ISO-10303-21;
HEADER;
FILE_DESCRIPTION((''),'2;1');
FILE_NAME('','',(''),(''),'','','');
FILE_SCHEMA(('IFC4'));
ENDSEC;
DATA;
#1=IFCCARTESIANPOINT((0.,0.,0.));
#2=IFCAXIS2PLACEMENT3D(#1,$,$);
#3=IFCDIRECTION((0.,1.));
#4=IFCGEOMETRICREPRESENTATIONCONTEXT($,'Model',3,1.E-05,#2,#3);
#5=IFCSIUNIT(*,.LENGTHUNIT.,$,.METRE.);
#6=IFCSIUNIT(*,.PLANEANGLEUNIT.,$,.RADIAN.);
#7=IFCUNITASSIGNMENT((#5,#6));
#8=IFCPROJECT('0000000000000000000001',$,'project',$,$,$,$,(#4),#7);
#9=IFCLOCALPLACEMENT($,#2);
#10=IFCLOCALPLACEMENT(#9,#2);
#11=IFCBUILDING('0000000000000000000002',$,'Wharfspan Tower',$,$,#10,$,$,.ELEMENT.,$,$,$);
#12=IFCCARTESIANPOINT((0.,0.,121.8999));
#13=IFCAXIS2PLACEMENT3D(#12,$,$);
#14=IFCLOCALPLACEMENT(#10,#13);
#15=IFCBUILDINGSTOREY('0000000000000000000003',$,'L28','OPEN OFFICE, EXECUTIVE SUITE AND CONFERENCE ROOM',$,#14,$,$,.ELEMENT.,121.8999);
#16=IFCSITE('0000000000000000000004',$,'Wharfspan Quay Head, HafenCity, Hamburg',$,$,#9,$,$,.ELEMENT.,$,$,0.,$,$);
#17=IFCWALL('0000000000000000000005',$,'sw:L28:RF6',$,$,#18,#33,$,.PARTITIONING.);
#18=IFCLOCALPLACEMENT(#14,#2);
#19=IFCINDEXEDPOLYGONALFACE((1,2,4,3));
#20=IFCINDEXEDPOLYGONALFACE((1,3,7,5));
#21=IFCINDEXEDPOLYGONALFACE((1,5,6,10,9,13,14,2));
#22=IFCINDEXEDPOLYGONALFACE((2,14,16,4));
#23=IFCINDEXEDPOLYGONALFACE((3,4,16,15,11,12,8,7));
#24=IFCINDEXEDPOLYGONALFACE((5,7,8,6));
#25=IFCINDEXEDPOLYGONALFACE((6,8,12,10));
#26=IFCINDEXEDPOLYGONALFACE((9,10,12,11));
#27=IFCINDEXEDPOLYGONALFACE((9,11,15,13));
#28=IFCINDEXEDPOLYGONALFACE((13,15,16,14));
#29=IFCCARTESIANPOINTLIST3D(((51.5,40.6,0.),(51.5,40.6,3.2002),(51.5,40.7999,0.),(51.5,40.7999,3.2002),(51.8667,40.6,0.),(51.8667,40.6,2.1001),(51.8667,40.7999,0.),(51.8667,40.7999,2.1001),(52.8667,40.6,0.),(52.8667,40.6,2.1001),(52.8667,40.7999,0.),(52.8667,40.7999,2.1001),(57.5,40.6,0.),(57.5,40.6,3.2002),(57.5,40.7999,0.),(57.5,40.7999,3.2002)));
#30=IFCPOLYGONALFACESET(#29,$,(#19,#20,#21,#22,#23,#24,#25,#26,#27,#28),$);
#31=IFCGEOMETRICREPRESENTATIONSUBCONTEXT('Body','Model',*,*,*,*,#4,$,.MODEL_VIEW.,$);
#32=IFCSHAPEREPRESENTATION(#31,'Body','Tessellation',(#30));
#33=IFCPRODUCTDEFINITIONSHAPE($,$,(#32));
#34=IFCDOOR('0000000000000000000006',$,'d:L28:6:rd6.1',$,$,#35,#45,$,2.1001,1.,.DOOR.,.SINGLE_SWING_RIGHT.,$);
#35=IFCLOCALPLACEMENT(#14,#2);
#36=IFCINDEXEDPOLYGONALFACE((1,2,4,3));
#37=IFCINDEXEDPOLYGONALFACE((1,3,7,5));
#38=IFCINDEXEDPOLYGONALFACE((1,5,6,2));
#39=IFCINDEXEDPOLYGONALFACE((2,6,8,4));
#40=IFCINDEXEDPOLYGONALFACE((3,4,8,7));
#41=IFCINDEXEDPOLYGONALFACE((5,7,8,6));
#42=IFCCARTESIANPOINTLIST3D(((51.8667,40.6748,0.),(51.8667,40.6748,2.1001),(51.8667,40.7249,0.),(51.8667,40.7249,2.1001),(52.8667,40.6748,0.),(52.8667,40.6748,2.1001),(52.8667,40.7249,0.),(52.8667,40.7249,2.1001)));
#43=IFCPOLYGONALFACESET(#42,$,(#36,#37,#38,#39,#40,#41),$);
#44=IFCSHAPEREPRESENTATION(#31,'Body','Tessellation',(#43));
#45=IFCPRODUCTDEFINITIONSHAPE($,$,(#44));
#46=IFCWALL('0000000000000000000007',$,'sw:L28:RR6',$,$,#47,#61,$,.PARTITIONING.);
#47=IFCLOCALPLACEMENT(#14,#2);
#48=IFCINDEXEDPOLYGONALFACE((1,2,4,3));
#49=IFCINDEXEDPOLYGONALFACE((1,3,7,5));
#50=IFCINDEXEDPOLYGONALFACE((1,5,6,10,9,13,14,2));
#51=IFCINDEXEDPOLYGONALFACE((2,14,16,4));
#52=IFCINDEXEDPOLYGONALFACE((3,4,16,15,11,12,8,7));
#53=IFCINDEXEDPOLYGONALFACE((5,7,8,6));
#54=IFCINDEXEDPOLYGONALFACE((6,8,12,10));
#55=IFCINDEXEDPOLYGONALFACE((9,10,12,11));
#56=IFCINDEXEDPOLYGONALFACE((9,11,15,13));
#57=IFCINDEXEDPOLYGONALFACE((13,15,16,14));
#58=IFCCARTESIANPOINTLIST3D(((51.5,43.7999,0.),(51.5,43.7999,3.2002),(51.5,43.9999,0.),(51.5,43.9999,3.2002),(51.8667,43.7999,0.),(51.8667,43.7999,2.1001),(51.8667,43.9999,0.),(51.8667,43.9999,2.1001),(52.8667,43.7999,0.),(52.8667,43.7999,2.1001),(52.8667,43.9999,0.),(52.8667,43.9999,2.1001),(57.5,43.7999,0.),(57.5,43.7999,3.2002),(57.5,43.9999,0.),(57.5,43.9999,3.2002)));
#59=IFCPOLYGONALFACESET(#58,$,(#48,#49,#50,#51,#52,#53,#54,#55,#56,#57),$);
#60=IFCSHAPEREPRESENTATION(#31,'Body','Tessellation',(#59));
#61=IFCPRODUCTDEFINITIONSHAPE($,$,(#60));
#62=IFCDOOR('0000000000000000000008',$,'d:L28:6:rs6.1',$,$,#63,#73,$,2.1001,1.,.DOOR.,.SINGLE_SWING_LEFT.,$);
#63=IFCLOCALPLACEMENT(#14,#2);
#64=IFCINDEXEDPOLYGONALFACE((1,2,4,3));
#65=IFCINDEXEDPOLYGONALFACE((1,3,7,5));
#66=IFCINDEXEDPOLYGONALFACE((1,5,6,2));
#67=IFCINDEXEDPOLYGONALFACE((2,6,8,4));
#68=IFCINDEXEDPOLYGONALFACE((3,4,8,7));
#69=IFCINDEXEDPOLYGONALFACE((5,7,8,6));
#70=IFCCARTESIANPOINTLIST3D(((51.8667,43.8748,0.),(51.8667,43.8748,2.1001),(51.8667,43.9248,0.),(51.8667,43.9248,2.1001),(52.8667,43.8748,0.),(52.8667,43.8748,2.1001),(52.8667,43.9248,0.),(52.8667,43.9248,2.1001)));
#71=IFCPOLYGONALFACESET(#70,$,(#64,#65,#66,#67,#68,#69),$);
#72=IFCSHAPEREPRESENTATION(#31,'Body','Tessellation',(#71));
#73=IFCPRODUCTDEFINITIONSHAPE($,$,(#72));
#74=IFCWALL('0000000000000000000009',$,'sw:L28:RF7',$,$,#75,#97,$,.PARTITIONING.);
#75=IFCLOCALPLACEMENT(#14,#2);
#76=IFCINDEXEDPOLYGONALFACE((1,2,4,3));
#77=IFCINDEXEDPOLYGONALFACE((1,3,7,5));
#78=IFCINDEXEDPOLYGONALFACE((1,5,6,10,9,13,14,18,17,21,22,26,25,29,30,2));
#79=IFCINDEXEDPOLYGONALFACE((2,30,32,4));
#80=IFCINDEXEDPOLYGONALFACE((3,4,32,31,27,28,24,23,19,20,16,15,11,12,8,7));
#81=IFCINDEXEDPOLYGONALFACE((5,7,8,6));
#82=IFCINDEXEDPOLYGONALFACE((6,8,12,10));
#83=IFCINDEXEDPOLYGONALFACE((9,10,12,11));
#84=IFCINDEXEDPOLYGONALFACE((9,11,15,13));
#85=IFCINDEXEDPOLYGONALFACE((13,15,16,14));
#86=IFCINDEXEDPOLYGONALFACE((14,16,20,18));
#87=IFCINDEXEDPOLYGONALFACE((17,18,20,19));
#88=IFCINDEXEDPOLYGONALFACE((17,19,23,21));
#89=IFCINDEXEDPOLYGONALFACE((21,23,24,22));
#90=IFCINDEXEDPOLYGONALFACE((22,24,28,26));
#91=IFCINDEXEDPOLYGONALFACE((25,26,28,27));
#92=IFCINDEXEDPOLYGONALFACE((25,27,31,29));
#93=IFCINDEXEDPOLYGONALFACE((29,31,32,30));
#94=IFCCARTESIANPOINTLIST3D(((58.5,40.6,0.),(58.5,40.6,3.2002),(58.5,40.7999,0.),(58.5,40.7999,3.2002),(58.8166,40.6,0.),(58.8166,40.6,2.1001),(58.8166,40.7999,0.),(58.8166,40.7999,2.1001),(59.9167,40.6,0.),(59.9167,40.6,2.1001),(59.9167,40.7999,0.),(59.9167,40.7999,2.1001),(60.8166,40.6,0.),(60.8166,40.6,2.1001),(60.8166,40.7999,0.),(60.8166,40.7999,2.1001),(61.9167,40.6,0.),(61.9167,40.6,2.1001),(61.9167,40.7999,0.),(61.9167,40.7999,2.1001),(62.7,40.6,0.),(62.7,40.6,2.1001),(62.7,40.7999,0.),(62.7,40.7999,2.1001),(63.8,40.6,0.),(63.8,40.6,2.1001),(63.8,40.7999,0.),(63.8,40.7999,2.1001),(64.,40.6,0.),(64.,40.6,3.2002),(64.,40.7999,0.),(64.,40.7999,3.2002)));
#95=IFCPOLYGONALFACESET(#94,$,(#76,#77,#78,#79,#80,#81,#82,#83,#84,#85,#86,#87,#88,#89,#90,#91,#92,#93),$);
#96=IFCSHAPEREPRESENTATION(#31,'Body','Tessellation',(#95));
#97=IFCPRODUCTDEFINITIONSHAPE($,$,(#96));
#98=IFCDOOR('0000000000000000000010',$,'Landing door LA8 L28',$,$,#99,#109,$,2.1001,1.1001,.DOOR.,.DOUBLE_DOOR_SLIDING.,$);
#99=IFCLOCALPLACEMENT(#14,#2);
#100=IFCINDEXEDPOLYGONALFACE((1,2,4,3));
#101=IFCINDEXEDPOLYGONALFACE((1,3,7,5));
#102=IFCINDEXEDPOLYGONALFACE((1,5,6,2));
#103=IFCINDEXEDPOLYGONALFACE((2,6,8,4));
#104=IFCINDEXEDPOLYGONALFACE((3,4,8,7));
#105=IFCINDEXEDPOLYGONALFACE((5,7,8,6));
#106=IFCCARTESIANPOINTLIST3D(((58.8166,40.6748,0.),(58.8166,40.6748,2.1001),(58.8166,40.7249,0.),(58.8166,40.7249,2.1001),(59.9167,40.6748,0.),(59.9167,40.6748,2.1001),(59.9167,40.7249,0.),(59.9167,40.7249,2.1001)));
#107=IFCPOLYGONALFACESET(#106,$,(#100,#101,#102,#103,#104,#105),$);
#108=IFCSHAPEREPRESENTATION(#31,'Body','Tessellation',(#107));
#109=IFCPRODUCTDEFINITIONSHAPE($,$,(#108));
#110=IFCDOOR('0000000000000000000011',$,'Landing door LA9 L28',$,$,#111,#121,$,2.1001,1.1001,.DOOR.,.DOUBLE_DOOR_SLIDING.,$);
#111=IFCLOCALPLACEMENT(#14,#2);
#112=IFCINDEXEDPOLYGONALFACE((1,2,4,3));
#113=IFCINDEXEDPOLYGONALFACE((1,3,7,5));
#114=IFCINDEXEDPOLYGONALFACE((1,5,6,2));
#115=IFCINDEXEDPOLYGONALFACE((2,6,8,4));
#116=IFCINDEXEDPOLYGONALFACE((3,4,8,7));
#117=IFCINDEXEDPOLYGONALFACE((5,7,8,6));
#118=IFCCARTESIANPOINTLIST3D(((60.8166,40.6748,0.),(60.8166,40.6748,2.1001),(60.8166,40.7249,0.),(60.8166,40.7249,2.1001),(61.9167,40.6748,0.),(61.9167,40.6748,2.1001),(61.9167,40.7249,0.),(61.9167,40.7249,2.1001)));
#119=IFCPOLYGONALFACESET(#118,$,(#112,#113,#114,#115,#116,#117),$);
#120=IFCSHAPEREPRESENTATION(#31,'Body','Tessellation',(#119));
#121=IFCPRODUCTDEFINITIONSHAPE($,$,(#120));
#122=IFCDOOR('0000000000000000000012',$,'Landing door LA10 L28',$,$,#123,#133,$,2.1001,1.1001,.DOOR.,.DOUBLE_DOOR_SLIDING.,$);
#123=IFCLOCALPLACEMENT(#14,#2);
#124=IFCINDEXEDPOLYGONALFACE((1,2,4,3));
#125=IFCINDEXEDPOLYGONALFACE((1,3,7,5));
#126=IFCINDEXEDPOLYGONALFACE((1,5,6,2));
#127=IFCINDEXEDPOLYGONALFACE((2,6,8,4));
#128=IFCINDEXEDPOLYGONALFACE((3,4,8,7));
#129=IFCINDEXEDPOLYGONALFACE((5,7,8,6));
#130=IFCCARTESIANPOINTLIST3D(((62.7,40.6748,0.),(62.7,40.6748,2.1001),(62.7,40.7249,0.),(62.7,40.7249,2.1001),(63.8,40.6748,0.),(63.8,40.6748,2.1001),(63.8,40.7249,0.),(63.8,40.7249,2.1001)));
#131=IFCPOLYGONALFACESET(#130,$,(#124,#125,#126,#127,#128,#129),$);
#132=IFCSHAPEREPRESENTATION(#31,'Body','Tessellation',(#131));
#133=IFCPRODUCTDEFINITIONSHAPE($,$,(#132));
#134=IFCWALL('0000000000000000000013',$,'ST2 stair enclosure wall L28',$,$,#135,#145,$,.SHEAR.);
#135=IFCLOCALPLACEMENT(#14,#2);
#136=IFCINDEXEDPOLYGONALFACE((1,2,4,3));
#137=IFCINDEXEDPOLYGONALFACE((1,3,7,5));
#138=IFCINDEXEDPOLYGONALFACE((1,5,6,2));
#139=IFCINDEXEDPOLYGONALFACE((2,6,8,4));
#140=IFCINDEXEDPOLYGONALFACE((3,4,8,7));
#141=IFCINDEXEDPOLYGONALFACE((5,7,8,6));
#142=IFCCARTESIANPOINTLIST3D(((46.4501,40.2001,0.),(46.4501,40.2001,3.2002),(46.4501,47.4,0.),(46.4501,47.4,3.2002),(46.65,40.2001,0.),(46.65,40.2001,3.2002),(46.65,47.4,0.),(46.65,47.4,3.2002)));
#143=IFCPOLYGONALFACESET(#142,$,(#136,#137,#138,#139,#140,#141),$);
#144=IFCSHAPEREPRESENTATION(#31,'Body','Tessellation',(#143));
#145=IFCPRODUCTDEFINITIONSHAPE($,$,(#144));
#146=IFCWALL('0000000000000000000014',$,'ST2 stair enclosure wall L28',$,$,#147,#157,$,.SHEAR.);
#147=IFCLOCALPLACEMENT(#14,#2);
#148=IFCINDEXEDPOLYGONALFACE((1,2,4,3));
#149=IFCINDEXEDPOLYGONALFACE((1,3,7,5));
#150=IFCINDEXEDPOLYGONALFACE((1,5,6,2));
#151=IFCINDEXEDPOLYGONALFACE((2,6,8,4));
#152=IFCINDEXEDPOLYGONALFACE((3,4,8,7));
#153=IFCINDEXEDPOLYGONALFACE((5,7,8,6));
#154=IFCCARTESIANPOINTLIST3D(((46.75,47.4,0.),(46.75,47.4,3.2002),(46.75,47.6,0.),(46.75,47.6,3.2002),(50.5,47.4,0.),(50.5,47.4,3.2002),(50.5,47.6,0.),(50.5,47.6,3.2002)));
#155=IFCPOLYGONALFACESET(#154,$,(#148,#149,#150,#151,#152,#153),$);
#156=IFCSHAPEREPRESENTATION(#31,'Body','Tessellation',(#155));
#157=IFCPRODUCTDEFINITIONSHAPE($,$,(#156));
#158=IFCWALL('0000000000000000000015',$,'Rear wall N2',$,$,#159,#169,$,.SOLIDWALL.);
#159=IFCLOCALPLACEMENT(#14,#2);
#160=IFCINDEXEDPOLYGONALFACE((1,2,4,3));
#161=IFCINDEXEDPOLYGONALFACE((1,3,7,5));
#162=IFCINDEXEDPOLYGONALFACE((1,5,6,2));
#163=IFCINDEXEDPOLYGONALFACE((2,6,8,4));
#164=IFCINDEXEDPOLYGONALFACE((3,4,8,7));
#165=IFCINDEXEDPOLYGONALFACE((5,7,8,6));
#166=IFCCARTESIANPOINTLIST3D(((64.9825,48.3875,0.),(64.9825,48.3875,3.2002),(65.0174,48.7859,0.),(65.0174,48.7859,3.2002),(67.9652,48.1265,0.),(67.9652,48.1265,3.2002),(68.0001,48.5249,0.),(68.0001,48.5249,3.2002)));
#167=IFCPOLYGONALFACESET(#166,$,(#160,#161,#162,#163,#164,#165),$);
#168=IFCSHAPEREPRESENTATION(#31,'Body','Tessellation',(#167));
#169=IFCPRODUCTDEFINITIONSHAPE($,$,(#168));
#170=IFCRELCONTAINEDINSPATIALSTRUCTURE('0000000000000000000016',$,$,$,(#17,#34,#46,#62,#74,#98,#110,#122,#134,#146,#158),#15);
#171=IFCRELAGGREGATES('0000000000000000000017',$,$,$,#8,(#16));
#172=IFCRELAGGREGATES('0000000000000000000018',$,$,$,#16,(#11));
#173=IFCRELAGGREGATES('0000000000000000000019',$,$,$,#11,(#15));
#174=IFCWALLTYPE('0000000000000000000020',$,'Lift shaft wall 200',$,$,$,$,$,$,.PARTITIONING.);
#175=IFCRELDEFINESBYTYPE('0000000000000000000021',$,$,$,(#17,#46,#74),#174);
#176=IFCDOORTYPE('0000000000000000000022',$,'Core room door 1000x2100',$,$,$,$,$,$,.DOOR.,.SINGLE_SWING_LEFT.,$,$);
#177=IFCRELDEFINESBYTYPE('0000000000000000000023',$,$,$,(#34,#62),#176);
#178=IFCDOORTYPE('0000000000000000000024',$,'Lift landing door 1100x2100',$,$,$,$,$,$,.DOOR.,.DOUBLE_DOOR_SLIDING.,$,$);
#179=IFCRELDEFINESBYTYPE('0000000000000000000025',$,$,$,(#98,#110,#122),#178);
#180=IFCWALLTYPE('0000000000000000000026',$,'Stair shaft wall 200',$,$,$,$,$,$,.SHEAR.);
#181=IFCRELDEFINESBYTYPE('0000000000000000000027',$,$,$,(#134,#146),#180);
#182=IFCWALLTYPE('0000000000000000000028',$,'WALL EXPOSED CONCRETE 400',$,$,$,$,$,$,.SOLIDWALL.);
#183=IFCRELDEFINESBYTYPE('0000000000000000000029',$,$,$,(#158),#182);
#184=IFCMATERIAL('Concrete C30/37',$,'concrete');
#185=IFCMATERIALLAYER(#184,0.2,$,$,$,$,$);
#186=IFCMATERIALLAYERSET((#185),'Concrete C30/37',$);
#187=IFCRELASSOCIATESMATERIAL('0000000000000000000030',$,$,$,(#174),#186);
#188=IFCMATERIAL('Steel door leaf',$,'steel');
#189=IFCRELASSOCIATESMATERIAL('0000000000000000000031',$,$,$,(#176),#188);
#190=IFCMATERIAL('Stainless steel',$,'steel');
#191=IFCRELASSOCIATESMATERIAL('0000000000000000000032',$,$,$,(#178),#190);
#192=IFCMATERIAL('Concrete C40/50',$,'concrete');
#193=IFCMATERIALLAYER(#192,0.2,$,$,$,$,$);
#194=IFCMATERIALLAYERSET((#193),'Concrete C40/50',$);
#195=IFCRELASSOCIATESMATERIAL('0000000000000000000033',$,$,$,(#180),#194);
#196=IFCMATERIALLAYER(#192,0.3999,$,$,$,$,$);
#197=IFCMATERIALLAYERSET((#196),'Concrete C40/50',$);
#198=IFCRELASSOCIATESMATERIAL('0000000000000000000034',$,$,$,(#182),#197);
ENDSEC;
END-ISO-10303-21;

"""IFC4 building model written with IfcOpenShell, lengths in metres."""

from ifc_helpers import new_model, si_unit, direction, frame, frame_2d, origin, place, context, subcontext, project, spatial, rectangle, extrude, material, layer, layer_set, type_object, element, fill, save


model = new_model("IFC4")

# Units and contexts
model_context = context("Model", 3, precision=1e-05, world=origin(), true_north=direction((0.0, 1.0)))
body_context = subcontext(model_context, "Body", "Model", "MODEL_VIEW")
ifc_project = project(units=[si_unit("LENGTHUNIT", "METRE"), si_unit("PLANEANGLEUNIT", "RADIAN")], contexts=[model_context])

# Site, building, storey
site_placement = place(None, origin())
site = spatial("IfcSite", under=ifc_project, at=site_placement, Name="Wharfspan Quay Head, HafenCity, Hamburg", CompositionType="ELEMENT", RefElevation=0.0)
building_placement = place(site_placement, origin())
building = spatial("IfcBuilding", under=site, at=building_placement, Name="Wharfspan Tower", CompositionType="ELEMENT")
storey_placement = place(building_placement, frame((0.0, 0.0, 121.8999)))
storey = spatial("IfcBuildingStorey", under=building, at=storey_placement, Name="L28", Description="OPEN OFFICE, EXECUTIVE SUITE AND CONFERENCE ROOM", CompositionType="ELEMENT", Elevation=121.8999)

# Walls, openings, doors
ifc_material_1 = material(Name="Concrete C30/37", Category="concrete")
ifc_layer_1 = layer(ifc_material_1, 0.2)
ifc_layer_set_1 = layer_set([ifc_layer_1], Name="Concrete C30/37")
wall_type_1 = type_object("IfcWallType", Name="Lift shaft wall 200", PredefinedType="PARTITIONING", material=ifc_layer_set_1)
wall_1_placement = place(storey_placement, frame((51.5, 40.7, 0.0), z_axis=(0.0, 0.0, 1.0), x_axis=(1.0, 0.0, 0.0)))
wall_1 = element("IfcWall", 1, at=wall_1_placement, inside=storey, type_object=wall_type_1, Name="sw:L28:RF6", PredefinedType="PARTITIONING", context=body_context, shape_type="SweptSolid", body=[
    extrude(rectangle(XDim=6.0, YDim=0.2, at=frame_2d((3.0, 0.0))), origin(), (0.0, 0.0, 1.0), 3.2002),
])
opening_1_placement = place(wall_1_placement, frame((0.3667, 0.0, 0.0)))
opening_1 = element("IfcOpeningElement", 2, at=opening_1_placement, cuts=wall_1, PredefinedType="OPENING", context=body_context, shape_type="SweptSolid", body=[
    extrude(rectangle(XDim=1.0, YDim=2.1001, at=frame_2d((0.5, 1.05))), frame((0.0, 0.1099, 0.0), z_axis=(0.0, -1.0, 0.0), x_axis=(1.0, 0.0, 0.0)), (0.0, 0.0, 1.0), 0.22),
])
ifc_material_2 = material(Name="Steel door leaf", Category="steel")
door_type_1 = type_object("IfcDoorType", Name="Core room door 1000x2100", OperationType="SINGLE_SWING_LEFT", PredefinedType="DOOR", material=ifc_material_2)
door_1_placement = place(opening_1_placement, origin())
door_1 = element("IfcDoor", 3, at=door_1_placement, inside=storey, type_object=door_type_1, Name="d:L28:6:rd6.1", OperationType="SINGLE_SWING_RIGHT", OverallHeight=2.1001, OverallWidth=1.0, PredefinedType="DOOR", context=body_context, shape_type="SweptSolid", body=[
    extrude(rectangle(XDim=1.0, YDim=2.1001, at=frame_2d((0.5, 1.05))), frame((0.0, 0.0249, 0.0), z_axis=(0.0, -1.0, 0.0), x_axis=(1.0, 0.0, 0.0)), (0.0, 0.0, 1.0), 0.05),
])
fill(opening_1, door_1)
wall_2_placement = place(storey_placement, frame((51.5, 43.8999, 0.0), z_axis=(0.0, 0.0, 1.0), x_axis=(1.0, 0.0, 0.0)))
wall_2 = element("IfcWall", 4, at=wall_2_placement, inside=storey, type_object=wall_type_1, Name="sw:L28:RR6", PredefinedType="PARTITIONING", context=body_context, shape_type="SweptSolid", body=[
    extrude(rectangle(XDim=6.0, YDim=0.2, at=frame_2d((3.0, 0.0))), origin(), (0.0, 0.0, 1.0), 3.2002),
])
opening_2_placement = place(wall_2_placement, frame((0.3667, 0.0, 0.0)))
opening_2 = element("IfcOpeningElement", 5, at=opening_2_placement, cuts=wall_2, PredefinedType="OPENING", context=body_context, shape_type="SweptSolid", body=[
    extrude(rectangle(XDim=1.0, YDim=2.1001, at=frame_2d((0.5, 1.05))), frame((0.0, 0.1099, 0.0), z_axis=(0.0, -1.0, 0.0), x_axis=(1.0, 0.0, 0.0)), (0.0, 0.0, 1.0), 0.22),
])
door_2_placement = place(opening_2_placement, origin())
door_2 = element("IfcDoor", 6, at=door_2_placement, inside=storey, type_object=door_type_1, Name="d:L28:6:rs6.1", OperationType="SINGLE_SWING_LEFT", OverallHeight=2.1001, OverallWidth=1.0, PredefinedType="DOOR", context=body_context, shape_type="SweptSolid", body=[
    extrude(rectangle(XDim=1.0, YDim=2.1001, at=frame_2d((0.5, 1.05))), frame((0.0, 0.0249, 0.0), z_axis=(0.0, -1.0, 0.0), x_axis=(1.0, 0.0, 0.0)), (0.0, 0.0, 1.0), 0.05),
])
fill(opening_2, door_2)

# Wall, openings, doors
wall_3_placement = place(storey_placement, frame((58.5, 40.7, 0.0), z_axis=(0.0, 0.0, 1.0), x_axis=(1.0, 0.0, 0.0)))
wall_3 = element("IfcWall", 7, at=wall_3_placement, inside=storey, type_object=wall_type_1, Name="sw:L28:RF7", PredefinedType="PARTITIONING", context=body_context, shape_type="SweptSolid", body=[
    extrude(rectangle(XDim=5.5, YDim=0.2, at=frame_2d((2.75, 0.0))), origin(), (0.0, 0.0, 1.0), 3.2002),
])
opening_3_placement = place(wall_3_placement, frame((0.3166, 0.0, 0.0)))
opening_3 = element("IfcOpeningElement", 8, at=opening_3_placement, cuts=wall_3, PredefinedType="OPENING", context=body_context, shape_type="SweptSolid", body=[
    extrude(rectangle(XDim=1.1001, YDim=2.1001, at=frame_2d((0.55, 1.05))), frame((0.0, 0.1099, 0.0), z_axis=(0.0, -1.0, 0.0), x_axis=(1.0, 0.0, 0.0)), (0.0, 0.0, 1.0), 0.22),
])
opening_4_placement = place(wall_3_placement, frame((2.3167, 0.0, 0.0)))
opening_4 = element("IfcOpeningElement", 9, at=opening_4_placement, cuts=wall_3, PredefinedType="OPENING", context=body_context, shape_type="SweptSolid", body=[
    extrude(rectangle(XDim=1.1001, YDim=2.1001, at=frame_2d((0.55, 1.05))), frame((0.0, 0.1099, 0.0), z_axis=(0.0, -1.0, 0.0), x_axis=(1.0, 0.0, 0.0)), (0.0, 0.0, 1.0), 0.22),
])
opening_5_placement = place(wall_3_placement, frame((4.2, 0.0, 0.0)))
opening_5 = element("IfcOpeningElement", 10, at=opening_5_placement, cuts=wall_3, PredefinedType="OPENING", context=body_context, shape_type="SweptSolid", body=[
    extrude(rectangle(XDim=1.1001, YDim=2.1001, at=frame_2d((0.55, 1.05))), frame((0.0, 0.1099, 0.0), z_axis=(0.0, -1.0, 0.0), x_axis=(1.0, 0.0, 0.0)), (0.0, 0.0, 1.0), 0.22),
])
ifc_material_3 = material(Name="Stainless steel", Category="steel")
door_type_2 = type_object("IfcDoorType", Name="Lift landing door 1100x2100", OperationType="DOUBLE_DOOR_SLIDING", PredefinedType="DOOR", material=ifc_material_3)
door_3_placement = place(opening_3_placement, origin())
door_3 = element("IfcDoor", 11, at=door_3_placement, inside=storey, type_object=door_type_2, Name="Landing door LA8 L28", OperationType="DOUBLE_DOOR_SLIDING", OverallHeight=2.1001, OverallWidth=1.1001, PredefinedType="DOOR", context=body_context, shape_type="SweptSolid", body=[
    extrude(rectangle(XDim=1.1001, YDim=2.1001, at=frame_2d((0.55, 1.05))), frame((0.0, 0.0249, 0.0), z_axis=(0.0, -1.0, 0.0), x_axis=(1.0, 0.0, 0.0)), (0.0, 0.0, 1.0), 0.05),
])
fill(opening_3, door_3)
door_4_placement = place(opening_4_placement, origin())
door_4 = element("IfcDoor", 12, at=door_4_placement, inside=storey, type_object=door_type_2, Name="Landing door LA9 L28", OperationType="DOUBLE_DOOR_SLIDING", OverallHeight=2.1001, OverallWidth=1.1001, PredefinedType="DOOR", context=body_context, shape_type="SweptSolid", body=[
    extrude(rectangle(XDim=1.1001, YDim=2.1001, at=frame_2d((0.55, 1.05))), frame((0.0, 0.0249, 0.0), z_axis=(0.0, -1.0, 0.0), x_axis=(1.0, 0.0, 0.0)), (0.0, 0.0, 1.0), 0.05),
])
fill(opening_4, door_4)
door_5_placement = place(opening_5_placement, origin())
door_5 = element("IfcDoor", 13, at=door_5_placement, inside=storey, type_object=door_type_2, Name="Landing door LA10 L28", OperationType="DOUBLE_DOOR_SLIDING", OverallHeight=2.1001, OverallWidth=1.1001, PredefinedType="DOOR", context=body_context, shape_type="SweptSolid", body=[
    extrude(rectangle(XDim=1.1001, YDim=2.1001, at=frame_2d((0.55, 1.05))), frame((0.0, 0.0249, 0.0), z_axis=(0.0, -1.0, 0.0), x_axis=(1.0, 0.0, 0.0)), (0.0, 0.0, 1.0), 0.05),
])
fill(opening_5, door_5)

# Walls
ifc_material_4 = material(Name="Concrete C40/50", Category="concrete")
ifc_layer_2 = layer(ifc_material_4, 0.2)
ifc_layer_set_2 = layer_set([ifc_layer_2], Name="Concrete C40/50")
wall_type_2 = type_object("IfcWallType", Name="Stair shaft wall 200", PredefinedType="SHEAR", material=ifc_layer_set_2)
wall_4_placement = place(storey_placement, frame((46.55, 40.2, 0.0), z_axis=(0.0, 0.0, 1.0), x_axis=(0.0, 1.0, 0.0)))
element("IfcWall", 14, at=wall_4_placement, inside=storey, type_object=wall_type_2, Name="ST2 stair enclosure wall L28", PredefinedType="SHEAR", context=body_context, shape_type="SweptSolid", body=[
    extrude(rectangle(XDim=7.2, YDim=0.2, at=frame_2d((3.6001, 0.0))), origin(), (0.0, 0.0, 1.0), 3.2002),
])
wall_5_placement = place(storey_placement, frame((46.75, 47.5, 0.0), z_axis=(0.0, 0.0, 1.0), x_axis=(1.0, 0.0, 0.0)))
element("IfcWall", 15, at=wall_5_placement, inside=storey, type_object=wall_type_2, Name="ST2 stair enclosure wall L28", PredefinedType="SHEAR", context=body_context, shape_type="SweptSolid", body=[
    extrude(rectangle(XDim=3.75, YDim=0.2, at=frame_2d((1.875, 0.0))), origin(), (0.0, 0.0, 1.0), 3.2002),
])
ifc_layer_3 = layer(ifc_material_4, 0.3999)
ifc_layer_set_3 = layer_set([ifc_layer_3], Name="Concrete C40/50")
wall_type_3 = type_object("IfcWallType", Name="WALL EXPOSED CONCRETE 400", PredefinedType="SOLIDWALL", material=ifc_layer_set_3)
wall_6_placement = place(storey_placement, frame((67.9827, 48.3257, 0.0), z_axis=(0.0, 0.0, 1.0), x_axis=(-0.996194, 0.087168, 0.0)))
element("IfcWall", 16, at=wall_6_placement, inside=storey, type_object=wall_type_3, Name="Rear wall N2", PredefinedType="SOLIDWALL", context=body_context, shape_type="SweptSolid", body=[
    extrude(rectangle(XDim=2.9941, YDim=0.3999, at=frame_2d((1.4971, 0.0))), origin(), (0.0, 0.0, 1.0), 3.2002),
])

save(model, "model.ifc")
